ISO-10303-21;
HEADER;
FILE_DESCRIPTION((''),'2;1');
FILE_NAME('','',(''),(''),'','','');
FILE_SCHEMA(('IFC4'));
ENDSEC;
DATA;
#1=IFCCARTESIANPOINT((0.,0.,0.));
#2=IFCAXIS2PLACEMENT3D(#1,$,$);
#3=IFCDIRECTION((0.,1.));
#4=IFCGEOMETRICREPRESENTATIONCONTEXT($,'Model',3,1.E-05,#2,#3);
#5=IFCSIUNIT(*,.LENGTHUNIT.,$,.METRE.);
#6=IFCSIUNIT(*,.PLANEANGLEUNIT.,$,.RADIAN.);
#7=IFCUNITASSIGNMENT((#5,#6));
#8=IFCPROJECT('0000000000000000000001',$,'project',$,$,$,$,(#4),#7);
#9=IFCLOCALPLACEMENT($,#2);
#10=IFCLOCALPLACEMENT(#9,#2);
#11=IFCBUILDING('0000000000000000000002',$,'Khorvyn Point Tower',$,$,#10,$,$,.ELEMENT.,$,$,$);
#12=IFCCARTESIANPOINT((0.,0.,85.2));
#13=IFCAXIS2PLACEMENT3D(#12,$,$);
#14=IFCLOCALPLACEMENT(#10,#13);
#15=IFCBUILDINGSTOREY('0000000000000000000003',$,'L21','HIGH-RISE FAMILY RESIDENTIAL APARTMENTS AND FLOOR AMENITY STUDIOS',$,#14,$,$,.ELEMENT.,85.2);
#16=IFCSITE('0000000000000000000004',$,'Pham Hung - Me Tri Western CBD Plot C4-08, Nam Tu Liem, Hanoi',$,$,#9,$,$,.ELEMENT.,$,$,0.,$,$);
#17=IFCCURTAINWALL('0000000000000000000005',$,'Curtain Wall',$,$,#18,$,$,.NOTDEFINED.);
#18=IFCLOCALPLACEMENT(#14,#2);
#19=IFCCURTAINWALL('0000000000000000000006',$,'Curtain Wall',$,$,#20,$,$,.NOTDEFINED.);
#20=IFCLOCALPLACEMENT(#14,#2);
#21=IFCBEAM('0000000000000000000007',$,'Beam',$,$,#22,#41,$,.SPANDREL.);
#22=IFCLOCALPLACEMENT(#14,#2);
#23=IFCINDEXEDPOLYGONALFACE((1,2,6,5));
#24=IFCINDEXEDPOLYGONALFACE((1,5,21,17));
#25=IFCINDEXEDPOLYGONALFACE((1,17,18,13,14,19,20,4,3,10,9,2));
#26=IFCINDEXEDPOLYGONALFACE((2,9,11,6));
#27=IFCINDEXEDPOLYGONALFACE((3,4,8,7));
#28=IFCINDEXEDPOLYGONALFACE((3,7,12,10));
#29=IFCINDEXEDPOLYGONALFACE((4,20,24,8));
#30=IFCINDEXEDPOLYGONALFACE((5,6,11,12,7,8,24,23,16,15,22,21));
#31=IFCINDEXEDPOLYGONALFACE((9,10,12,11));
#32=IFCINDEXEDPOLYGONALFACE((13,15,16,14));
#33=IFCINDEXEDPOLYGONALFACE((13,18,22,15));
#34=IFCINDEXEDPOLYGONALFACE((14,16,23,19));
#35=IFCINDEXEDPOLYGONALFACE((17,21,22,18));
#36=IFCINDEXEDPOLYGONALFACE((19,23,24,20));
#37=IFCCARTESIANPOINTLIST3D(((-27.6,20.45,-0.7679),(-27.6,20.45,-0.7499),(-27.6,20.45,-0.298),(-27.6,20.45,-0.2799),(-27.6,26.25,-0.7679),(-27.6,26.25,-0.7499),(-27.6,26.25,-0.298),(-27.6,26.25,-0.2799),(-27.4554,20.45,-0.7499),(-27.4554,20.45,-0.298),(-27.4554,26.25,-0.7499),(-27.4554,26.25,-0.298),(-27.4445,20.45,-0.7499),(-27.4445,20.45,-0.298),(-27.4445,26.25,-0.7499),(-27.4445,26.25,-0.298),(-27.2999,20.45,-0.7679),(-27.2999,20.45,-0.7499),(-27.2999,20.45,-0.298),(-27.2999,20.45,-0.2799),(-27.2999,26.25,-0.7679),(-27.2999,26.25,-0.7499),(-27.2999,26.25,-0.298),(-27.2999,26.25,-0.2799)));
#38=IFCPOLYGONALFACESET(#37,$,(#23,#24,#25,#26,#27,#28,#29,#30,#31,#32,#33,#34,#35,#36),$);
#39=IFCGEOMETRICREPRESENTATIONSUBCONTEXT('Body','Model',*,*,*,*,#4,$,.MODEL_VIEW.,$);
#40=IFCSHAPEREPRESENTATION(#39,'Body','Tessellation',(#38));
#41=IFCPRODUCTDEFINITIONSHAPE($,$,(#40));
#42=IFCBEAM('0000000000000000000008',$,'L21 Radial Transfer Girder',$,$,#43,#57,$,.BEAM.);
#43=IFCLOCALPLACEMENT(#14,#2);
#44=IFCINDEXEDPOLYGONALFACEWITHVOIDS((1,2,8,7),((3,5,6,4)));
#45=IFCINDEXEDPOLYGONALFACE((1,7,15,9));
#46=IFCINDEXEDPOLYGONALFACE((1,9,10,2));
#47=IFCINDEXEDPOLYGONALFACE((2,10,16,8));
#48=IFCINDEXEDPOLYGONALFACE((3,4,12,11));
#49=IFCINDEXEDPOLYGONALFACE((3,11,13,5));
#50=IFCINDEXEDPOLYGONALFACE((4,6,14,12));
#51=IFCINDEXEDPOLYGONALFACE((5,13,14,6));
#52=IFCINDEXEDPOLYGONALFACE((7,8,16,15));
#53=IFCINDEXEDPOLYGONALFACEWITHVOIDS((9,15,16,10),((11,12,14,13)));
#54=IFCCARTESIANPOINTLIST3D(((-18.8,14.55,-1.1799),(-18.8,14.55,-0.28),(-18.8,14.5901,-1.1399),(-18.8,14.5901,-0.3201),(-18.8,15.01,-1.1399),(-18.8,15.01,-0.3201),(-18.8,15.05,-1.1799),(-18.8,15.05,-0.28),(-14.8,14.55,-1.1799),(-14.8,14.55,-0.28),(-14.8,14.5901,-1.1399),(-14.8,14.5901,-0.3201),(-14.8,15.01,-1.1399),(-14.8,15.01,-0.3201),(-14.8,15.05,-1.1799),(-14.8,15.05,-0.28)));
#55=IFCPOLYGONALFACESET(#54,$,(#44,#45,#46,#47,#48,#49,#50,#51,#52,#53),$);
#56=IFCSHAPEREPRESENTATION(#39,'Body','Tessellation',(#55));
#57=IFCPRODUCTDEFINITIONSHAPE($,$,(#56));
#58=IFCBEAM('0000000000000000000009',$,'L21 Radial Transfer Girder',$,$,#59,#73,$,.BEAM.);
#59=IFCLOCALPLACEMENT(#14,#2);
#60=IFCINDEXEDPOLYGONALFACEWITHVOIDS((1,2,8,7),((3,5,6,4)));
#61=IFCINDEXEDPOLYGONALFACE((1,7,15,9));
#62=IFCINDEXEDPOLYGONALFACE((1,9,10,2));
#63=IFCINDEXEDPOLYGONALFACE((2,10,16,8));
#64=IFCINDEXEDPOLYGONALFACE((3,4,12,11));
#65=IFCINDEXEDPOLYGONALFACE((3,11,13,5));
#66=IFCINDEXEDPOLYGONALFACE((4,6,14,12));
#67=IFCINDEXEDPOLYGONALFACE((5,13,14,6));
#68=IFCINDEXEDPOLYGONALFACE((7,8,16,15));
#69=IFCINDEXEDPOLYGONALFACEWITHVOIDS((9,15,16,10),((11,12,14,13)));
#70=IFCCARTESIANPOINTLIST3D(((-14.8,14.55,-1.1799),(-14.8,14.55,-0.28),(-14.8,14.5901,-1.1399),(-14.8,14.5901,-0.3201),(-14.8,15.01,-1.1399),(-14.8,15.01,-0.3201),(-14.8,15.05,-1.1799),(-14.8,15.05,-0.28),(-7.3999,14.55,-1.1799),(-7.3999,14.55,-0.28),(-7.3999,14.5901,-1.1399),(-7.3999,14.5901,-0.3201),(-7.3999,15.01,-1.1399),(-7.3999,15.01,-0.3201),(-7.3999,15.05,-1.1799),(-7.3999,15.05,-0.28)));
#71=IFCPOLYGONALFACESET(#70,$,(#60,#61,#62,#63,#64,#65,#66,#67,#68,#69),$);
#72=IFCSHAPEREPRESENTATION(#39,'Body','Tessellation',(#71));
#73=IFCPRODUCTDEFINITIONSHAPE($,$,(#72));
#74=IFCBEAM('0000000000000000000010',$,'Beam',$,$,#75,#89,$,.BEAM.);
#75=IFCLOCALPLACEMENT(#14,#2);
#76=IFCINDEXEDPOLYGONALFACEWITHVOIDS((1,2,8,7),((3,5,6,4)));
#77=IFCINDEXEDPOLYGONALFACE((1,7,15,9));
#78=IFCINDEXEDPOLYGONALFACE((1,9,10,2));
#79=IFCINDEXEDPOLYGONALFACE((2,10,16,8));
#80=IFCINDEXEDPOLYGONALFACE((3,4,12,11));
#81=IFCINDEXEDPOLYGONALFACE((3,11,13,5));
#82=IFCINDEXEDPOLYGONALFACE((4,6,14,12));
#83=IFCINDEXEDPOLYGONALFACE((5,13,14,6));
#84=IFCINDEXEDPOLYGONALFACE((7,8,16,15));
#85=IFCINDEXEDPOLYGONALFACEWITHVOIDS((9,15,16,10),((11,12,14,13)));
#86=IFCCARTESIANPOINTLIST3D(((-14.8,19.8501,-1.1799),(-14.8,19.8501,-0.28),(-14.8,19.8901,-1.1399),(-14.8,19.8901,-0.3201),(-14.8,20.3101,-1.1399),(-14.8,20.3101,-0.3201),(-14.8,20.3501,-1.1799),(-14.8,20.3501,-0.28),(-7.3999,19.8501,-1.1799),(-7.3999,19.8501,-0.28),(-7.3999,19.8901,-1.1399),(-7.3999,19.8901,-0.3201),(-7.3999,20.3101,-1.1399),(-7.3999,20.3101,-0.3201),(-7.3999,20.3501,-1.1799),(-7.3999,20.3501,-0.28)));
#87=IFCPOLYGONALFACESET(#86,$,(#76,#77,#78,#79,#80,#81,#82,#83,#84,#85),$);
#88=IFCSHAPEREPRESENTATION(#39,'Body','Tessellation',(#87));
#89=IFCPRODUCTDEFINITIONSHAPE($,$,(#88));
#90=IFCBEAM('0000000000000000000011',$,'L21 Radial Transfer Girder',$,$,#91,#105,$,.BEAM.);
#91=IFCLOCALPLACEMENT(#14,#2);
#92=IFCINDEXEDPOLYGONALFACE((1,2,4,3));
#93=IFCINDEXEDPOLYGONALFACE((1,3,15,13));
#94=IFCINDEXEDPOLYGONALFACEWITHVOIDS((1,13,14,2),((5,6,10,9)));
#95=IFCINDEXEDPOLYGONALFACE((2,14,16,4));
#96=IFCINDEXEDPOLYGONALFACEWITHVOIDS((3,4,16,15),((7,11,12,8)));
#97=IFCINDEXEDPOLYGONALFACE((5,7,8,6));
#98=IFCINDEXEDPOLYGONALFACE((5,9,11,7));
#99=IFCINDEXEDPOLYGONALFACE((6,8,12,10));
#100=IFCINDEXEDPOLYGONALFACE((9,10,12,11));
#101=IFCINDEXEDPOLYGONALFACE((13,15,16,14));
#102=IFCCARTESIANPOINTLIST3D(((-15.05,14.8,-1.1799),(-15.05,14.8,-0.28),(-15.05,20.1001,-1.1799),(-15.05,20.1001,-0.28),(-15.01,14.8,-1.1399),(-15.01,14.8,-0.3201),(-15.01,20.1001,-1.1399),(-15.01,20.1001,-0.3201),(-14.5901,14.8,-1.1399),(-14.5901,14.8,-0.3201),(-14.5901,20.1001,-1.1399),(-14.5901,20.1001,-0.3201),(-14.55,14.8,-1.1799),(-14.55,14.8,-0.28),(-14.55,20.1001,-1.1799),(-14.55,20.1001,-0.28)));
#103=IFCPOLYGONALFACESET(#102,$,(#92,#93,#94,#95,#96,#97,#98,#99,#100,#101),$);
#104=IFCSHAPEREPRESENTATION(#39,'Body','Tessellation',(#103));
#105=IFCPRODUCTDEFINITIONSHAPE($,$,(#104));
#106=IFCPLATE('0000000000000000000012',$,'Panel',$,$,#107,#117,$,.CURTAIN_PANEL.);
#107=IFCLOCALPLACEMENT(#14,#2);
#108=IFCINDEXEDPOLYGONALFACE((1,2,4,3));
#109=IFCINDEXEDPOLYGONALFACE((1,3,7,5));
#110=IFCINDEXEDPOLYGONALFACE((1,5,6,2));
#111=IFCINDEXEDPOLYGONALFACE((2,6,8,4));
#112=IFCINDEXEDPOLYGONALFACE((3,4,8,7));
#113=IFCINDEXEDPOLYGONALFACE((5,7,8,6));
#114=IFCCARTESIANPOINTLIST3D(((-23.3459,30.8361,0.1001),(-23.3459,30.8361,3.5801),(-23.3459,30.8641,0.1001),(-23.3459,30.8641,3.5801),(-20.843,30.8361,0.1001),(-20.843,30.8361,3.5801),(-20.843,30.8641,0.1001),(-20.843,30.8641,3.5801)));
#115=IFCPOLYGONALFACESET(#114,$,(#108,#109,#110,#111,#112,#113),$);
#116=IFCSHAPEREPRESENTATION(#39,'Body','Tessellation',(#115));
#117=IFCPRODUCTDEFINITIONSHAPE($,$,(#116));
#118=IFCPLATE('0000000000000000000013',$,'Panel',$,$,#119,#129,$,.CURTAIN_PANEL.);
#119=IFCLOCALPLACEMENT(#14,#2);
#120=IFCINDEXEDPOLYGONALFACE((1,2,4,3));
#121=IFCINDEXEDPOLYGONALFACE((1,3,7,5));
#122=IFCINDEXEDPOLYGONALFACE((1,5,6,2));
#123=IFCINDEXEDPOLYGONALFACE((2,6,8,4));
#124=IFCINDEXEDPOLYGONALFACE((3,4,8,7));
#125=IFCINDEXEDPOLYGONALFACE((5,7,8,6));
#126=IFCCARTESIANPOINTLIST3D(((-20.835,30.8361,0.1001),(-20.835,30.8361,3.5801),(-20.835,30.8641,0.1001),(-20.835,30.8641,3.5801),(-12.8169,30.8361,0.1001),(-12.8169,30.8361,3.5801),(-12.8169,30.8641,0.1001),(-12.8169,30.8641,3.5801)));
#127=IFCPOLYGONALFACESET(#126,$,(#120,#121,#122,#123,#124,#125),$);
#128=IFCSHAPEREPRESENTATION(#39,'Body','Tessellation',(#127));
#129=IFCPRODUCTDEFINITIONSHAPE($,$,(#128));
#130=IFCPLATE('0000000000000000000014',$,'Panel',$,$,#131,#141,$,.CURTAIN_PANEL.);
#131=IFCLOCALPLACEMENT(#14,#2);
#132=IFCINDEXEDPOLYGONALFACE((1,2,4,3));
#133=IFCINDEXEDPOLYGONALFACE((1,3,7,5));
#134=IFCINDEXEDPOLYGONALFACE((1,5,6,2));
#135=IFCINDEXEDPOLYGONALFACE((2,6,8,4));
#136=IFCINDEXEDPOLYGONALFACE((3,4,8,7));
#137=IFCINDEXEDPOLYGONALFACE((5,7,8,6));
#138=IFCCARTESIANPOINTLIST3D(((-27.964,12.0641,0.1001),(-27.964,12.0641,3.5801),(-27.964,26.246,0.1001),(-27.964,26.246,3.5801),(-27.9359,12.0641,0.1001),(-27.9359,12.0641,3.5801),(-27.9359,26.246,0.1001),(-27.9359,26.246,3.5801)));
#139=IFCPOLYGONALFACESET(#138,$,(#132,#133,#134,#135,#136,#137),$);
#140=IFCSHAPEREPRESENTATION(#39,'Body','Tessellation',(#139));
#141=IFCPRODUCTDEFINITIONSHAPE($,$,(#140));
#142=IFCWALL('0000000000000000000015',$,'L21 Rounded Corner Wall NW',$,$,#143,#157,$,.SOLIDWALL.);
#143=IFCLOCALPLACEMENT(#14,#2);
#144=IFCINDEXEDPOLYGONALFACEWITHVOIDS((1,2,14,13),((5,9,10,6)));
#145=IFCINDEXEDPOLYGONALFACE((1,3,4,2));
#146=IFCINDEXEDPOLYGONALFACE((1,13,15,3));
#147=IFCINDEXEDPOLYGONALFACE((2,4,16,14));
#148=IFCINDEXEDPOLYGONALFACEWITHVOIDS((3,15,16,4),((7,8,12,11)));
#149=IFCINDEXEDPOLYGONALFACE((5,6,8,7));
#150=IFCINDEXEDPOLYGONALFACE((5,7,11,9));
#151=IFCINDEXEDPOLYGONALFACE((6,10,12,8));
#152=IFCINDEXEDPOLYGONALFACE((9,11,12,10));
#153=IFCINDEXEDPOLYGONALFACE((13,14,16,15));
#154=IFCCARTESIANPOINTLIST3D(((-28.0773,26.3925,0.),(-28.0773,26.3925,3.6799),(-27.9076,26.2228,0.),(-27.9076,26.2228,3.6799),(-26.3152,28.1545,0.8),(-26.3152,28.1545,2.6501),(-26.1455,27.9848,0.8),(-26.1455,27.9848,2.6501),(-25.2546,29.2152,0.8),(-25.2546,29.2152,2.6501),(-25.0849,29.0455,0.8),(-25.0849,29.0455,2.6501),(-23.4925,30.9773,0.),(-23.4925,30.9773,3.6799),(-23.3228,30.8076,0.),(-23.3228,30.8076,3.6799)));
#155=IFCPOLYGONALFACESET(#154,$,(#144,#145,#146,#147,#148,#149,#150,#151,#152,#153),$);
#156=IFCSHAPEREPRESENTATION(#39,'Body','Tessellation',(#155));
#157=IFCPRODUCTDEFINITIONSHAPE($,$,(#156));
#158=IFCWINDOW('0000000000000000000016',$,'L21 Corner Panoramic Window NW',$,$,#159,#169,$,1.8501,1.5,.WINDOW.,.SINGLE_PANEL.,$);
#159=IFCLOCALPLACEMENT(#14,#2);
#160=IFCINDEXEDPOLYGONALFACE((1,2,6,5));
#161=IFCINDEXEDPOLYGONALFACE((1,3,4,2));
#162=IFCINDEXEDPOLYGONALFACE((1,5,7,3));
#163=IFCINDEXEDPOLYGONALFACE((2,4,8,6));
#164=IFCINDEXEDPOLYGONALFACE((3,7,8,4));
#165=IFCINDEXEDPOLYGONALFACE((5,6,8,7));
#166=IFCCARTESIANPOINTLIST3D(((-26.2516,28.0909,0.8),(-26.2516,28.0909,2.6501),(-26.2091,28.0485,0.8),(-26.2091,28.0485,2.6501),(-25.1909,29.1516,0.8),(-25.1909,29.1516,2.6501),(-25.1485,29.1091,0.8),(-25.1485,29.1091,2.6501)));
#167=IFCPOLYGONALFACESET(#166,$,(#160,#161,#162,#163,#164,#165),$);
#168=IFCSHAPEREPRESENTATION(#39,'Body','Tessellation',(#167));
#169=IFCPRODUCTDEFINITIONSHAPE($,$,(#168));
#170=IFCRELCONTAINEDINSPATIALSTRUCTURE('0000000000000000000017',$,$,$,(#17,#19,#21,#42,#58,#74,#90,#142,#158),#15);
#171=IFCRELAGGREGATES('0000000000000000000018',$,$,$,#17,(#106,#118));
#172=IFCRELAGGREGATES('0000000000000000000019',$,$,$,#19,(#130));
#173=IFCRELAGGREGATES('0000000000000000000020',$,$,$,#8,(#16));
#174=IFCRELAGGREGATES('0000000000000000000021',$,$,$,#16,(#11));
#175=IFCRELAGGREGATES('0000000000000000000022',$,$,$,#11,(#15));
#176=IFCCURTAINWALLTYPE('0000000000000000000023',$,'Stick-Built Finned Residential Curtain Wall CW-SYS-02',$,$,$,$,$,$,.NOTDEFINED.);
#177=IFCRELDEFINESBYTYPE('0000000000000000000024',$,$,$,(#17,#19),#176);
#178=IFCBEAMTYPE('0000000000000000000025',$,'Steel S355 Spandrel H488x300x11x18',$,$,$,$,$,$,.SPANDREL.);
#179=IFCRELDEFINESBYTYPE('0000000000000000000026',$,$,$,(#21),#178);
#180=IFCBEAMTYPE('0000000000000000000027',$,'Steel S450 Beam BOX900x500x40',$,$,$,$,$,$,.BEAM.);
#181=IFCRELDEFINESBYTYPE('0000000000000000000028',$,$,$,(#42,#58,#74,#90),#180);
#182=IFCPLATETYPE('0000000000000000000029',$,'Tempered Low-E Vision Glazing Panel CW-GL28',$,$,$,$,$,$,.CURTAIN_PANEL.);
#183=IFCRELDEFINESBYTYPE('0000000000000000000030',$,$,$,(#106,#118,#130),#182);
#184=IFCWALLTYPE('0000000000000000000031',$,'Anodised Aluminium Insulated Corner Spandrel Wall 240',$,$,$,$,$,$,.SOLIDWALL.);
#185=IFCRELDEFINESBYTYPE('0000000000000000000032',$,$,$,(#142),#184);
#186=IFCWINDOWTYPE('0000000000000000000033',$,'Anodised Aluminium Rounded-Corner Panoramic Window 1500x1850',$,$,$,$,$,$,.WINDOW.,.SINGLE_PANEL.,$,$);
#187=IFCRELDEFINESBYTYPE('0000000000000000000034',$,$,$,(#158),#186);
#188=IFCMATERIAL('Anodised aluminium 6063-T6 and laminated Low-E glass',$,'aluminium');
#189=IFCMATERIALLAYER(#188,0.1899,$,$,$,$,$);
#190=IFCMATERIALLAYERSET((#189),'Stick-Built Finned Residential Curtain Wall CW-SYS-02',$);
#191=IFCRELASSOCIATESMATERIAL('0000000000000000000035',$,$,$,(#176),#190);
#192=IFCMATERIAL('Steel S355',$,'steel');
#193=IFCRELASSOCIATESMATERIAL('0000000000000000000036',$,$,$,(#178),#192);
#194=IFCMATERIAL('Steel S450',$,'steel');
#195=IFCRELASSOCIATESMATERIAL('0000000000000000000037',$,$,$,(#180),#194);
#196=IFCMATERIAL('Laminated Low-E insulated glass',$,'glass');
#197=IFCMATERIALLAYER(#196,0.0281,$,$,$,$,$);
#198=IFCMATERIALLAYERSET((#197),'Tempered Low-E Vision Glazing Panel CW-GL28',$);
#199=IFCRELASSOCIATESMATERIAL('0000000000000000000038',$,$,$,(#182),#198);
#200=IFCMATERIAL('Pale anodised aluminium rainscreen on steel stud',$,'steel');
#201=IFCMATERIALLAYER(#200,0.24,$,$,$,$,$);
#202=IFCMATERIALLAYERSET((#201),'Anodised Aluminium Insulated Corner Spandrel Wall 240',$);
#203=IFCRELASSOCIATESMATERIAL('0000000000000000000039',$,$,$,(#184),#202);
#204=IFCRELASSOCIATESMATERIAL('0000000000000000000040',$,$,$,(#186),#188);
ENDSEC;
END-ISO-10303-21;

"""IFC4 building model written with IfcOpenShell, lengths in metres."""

from ifc_helpers import new_model, si_unit, direction, frame, frame_2d, origin, origin_2d, place, context, subcontext, project, spatial, rectangle, hollow_rectangle, i_section, extrude, material, layer, layer_set, material_profile, profile_set, type_object, element, fill, aggregate, save


model = new_model("IFC4")

# Units and contexts
model_context = context("Model", 3, precision=1e-05, world=origin(), true_north=direction((0.0, 1.0)))
body_context = subcontext(model_context, "Body", "Model", "MODEL_VIEW")
ifc_project = project(units=[si_unit("LENGTHUNIT", "METRE"), si_unit("PLANEANGLEUNIT", "RADIAN")], contexts=[model_context])

# Site, building, storey
site_placement = place(None, origin())
site = spatial("IfcSite", under=ifc_project, at=site_placement, Name="Pham Hung - Me Tri Western CBD Plot C4-08, Nam Tu Liem, Hanoi", CompositionType="ELEMENT", RefElevation=0.0)
building_placement = place(site_placement, origin())
building = spatial("IfcBuilding", under=site, at=building_placement, Name="Khorvyn Point Tower", CompositionType="ELEMENT")
storey_placement = place(building_placement, frame((0.0, 0.0, 85.2)))
storey = spatial("IfcBuildingStorey", under=building, at=storey_placement, Name="L21", Description="HIGH-RISE FAMILY RESIDENTIAL APARTMENTS AND FLOOR AMENITY STUDIOS", CompositionType="ELEMENT", Elevation=85.2)

# Shared definitions
ifc_material_1 = material(Name="Steel S450", Category="steel")

# Curtain walls
ifc_material_2 = material(Name="Anodised aluminium 6063-T6 and laminated Low-E glass", Category="aluminium")
ifc_layer_1 = layer(ifc_material_2, 0.1899)
ifc_layer_set_1 = layer_set([ifc_layer_1], Name="Stick-Built Finned Residential Curtain Wall CW-SYS-02")
curtain_wall_type = type_object("IfcCurtainWallType", Name="Stick-Built Finned Residential Curtain Wall CW-SYS-02", PredefinedType="NOTDEFINED", material=ifc_layer_set_1)
curtain_wall_1_placement = place(storey_placement, origin())
curtain_wall_1 = element("IfcCurtainWall", 1, at=curtain_wall_1_placement, inside=storey, type_object=curtain_wall_type, Name="Curtain Wall", PredefinedType="NOTDEFINED")
curtain_wall_2_placement = place(storey_placement, origin())
curtain_wall_2 = element("IfcCurtainWall", 2, at=curtain_wall_2_placement, inside=storey, type_object=curtain_wall_type, Name="Curtain Wall", PredefinedType="NOTDEFINED")

# Beams
ifc_material_3 = material(Name="Steel S355", Category="steel")
ifc_material_profile_1 = material_profile(ifc_material_3, i_section(OverallWidth=0.3, OverallDepth=0.488, WebThickness=0.011, FlangeThickness=0.0181, at=origin_2d()))
ifc_profile_set_1 = profile_set([ifc_material_profile_1], Name="Steel S355 H488x300x11x18")
beam_type_1 = type_object("IfcBeamType", Name="Steel S355 Spandrel H488x300x11x18", PredefinedType="SPANDREL", material=ifc_profile_set_1)
beam_1_placement = place(storey_placement, frame((-27.45, 20.45, -0.5239), z_axis=(0.0, 1.0, 0.0), x_axis=(-1.0, 0.0, 0.0)))
element("IfcBeam", 3, at=beam_1_placement, inside=storey, type_object=beam_type_1, Name="Beam", PredefinedType="SPANDREL", context=body_context, shape_type="SweptSolid", body=[
    extrude(i_section(OverallWidth=0.3, OverallDepth=0.488, WebThickness=0.011, FlangeThickness=0.0181, at=origin_2d()), origin(), (0.0, 0.0, 1.0), 5.8),
])
ifc_material_profile_2 = material_profile(ifc_material_1, hollow_rectangle(XDim=0.5, YDim=0.8999, WallThickness=0.04, at=origin_2d()))
ifc_profile_set_2 = profile_set([ifc_material_profile_2], Name="Steel S450 BOX900x500x40")
beam_type_2 = type_object("IfcBeamType", Name="Steel S450 Beam BOX900x500x40", PredefinedType="BEAM", material=ifc_profile_set_2)
beam_2_placement = place(storey_placement, frame((-18.8, 14.8, -0.73), z_axis=(1.0, 0.0, 0.0), x_axis=(0.0, 1.0, 0.0)))
element("IfcBeam", 4, at=beam_2_placement, inside=storey, type_object=beam_type_2, Name="L21 Radial Transfer Girder", PredefinedType="BEAM", context=body_context, shape_type="SweptSolid", body=[
    extrude(hollow_rectangle(XDim=0.5, YDim=0.8999, WallThickness=0.04, at=origin_2d()), origin(), (0.0, 0.0, 1.0), 4.0),
])
for number, where, z_axis, x_axis, name in (
    (5, (-14.8, 14.8, -0.73), (1.0, 0.0, 0.0), (0.0, 1.0, 0.0), "L21 Radial Transfer Girder"),
    (6, (-14.8, 20.1001, -0.73), (1.0, 0.0, 0.0), (0.0, 1.0, 0.0), "Beam"),
):
    element("IfcBeam", number, at=place(storey_placement, frame(where, z_axis=z_axis, x_axis=x_axis)), inside=storey, type_object=beam_type_2, Name=name, PredefinedType="BEAM", context=body_context, shape_type="SweptSolid", body=[
        extrude(hollow_rectangle(XDim=0.5, YDim=0.8999, WallThickness=0.04, at=origin_2d()), origin(), (0.0, 0.0, 1.0), 7.4001),
    ])
beam_3_placement = place(storey_placement, frame((-14.8, 14.8, -0.73), z_axis=(0.0, 1.0, 0.0), x_axis=(-1.0, 0.0, 0.0)))
element("IfcBeam", 7, at=beam_3_placement, inside=storey, type_object=beam_type_2, Name="L21 Radial Transfer Girder", PredefinedType="BEAM", context=body_context, shape_type="SweptSolid", body=[
    extrude(hollow_rectangle(XDim=0.5, YDim=0.8999, WallThickness=0.04, at=origin_2d()), origin(), (0.0, 0.0, 1.0), 5.3),
])

# Plates
ifc_material_4 = material(Name="Laminated Low-E insulated glass", Category="glass")
ifc_layer_2 = layer(ifc_material_4, 0.0281)
ifc_layer_set_2 = layer_set([ifc_layer_2], Name="Tempered Low-E Vision Glazing Panel CW-GL28")
plate_type = type_object("IfcPlateType", Name="Tempered Low-E Vision Glazing Panel CW-GL28", PredefinedType="CURTAIN_PANEL", material=ifc_layer_set_2)
plate_1_placement = place(storey_placement, frame((-22.0945, 30.8501, 0.1001), z_axis=(0.0, 0.0, 1.0), x_axis=(1.0, 0.0, 0.0)))
plate_1 = element("IfcPlate", 8, at=plate_1_placement, type_object=plate_type, Name="Panel", PredefinedType="CURTAIN_PANEL", context=body_context, shape_type="SweptSolid", body=[
    extrude(rectangle(XDim=2.5029, YDim=0.0281, at=origin_2d()), origin(), (0.0, 0.0, 1.0), 3.48),
])
plate_2_placement = place(storey_placement, frame((-16.8259, 30.8501, 0.1001), z_axis=(0.0, 0.0, 1.0), x_axis=(1.0, 0.0, 0.0)))
plate_2 = element("IfcPlate", 9, at=plate_2_placement, type_object=plate_type, Name="Panel", PredefinedType="CURTAIN_PANEL", context=body_context, shape_type="SweptSolid", body=[
    extrude(rectangle(XDim=8.0181, YDim=0.0281, at=origin_2d()), origin(), (0.0, 0.0, 1.0), 3.48),
])
aggregate(curtain_wall_1, [plate_1, plate_2])
plate_3_placement = place(storey_placement, frame((-27.95, 19.155, 0.1001), z_axis=(0.0, 0.0, 1.0), x_axis=(0.0, 1.0, 0.0)))
plate_3 = element("IfcPlate", 10, at=plate_3_placement, type_object=plate_type, Name="Panel", PredefinedType="CURTAIN_PANEL", context=body_context, shape_type="SweptSolid", body=[
    extrude(rectangle(XDim=14.1819, YDim=0.0281, at=origin_2d()), origin(), (0.0, 0.0, 1.0), 3.48),
])
aggregate(curtain_wall_2, [plate_3])

# Wall, opening, window
ifc_material_5 = material(Name="Pale anodised aluminium rainscreen on steel stud", Category="steel")
ifc_layer_3 = layer(ifc_material_5, 0.24)
ifc_layer_set_3 = layer_set([ifc_layer_3], Name="Anodised Aluminium Insulated Corner Spandrel Wall 240")
wall_type_1 = type_object("IfcWallType", Name="Anodised Aluminium Insulated Corner Spandrel Wall 240", PredefinedType="SOLIDWALL", material=ifc_layer_set_3)
wall_1_placement = place(storey_placement, frame((-27.9924, 26.3076, 0.0), z_axis=(0.0, 0.0, 1.0), x_axis=(0.707107, 0.707107, 0.0)))
wall_1 = element("IfcWall", 11, at=wall_1_placement, inside=storey, type_object=wall_type_1, Name="L21 Rounded Corner Wall NW", PredefinedType="SOLIDWALL", context=body_context, shape_type="SweptSolid", body=[
    extrude(rectangle(XDim=6.4839, YDim=0.24, at=frame_2d((3.2419, 0.0))), origin(), (0.0, 0.0, 1.0), 3.6799),
])
opening_1_placement = place(wall_1_placement, frame((2.4919, 0.0, 0.8)))
opening_1 = element("IfcOpeningElement", 12, at=opening_1_placement, cuts=wall_1, PredefinedType="OPENING", context=body_context, shape_type="SweptSolid", body=[
    extrude(rectangle(XDim=1.5, YDim=1.8501, at=frame_2d((0.75, 0.925))), frame((0.0, 0.1299, 0.0), z_axis=(0.0, -1.0, 0.0), x_axis=(1.0, 0.0, 0.0)), (0.0, 0.0, 1.0), 0.26),
])
window_type = type_object("IfcWindowType", Name="Anodised Aluminium Rounded-Corner Panoramic Window 1500x1850", PartitioningType="SINGLE_PANEL", PredefinedType="WINDOW", material=ifc_material_2)
window_placement = place(opening_1_placement, origin())
window = element("IfcWindow", 13, at=window_placement, inside=storey, type_object=window_type, Name="L21 Corner Panoramic Window NW", OverallHeight=1.8501, OverallWidth=1.5, PartitioningType="SINGLE_PANEL", PredefinedType="WINDOW", context=body_context, shape_type="SweptSolid", body=[
    extrude(rectangle(XDim=1.5, YDim=1.8501, at=frame_2d((0.75, 0.925))), frame((0.0, 0.03, 0.0), z_axis=(0.0, -1.0, 0.0), x_axis=(1.0, 0.0, 0.0)), (0.0, 0.0, 1.0), 0.0601),
])
fill(opening_1, window)

save(model, "model.ifc")
